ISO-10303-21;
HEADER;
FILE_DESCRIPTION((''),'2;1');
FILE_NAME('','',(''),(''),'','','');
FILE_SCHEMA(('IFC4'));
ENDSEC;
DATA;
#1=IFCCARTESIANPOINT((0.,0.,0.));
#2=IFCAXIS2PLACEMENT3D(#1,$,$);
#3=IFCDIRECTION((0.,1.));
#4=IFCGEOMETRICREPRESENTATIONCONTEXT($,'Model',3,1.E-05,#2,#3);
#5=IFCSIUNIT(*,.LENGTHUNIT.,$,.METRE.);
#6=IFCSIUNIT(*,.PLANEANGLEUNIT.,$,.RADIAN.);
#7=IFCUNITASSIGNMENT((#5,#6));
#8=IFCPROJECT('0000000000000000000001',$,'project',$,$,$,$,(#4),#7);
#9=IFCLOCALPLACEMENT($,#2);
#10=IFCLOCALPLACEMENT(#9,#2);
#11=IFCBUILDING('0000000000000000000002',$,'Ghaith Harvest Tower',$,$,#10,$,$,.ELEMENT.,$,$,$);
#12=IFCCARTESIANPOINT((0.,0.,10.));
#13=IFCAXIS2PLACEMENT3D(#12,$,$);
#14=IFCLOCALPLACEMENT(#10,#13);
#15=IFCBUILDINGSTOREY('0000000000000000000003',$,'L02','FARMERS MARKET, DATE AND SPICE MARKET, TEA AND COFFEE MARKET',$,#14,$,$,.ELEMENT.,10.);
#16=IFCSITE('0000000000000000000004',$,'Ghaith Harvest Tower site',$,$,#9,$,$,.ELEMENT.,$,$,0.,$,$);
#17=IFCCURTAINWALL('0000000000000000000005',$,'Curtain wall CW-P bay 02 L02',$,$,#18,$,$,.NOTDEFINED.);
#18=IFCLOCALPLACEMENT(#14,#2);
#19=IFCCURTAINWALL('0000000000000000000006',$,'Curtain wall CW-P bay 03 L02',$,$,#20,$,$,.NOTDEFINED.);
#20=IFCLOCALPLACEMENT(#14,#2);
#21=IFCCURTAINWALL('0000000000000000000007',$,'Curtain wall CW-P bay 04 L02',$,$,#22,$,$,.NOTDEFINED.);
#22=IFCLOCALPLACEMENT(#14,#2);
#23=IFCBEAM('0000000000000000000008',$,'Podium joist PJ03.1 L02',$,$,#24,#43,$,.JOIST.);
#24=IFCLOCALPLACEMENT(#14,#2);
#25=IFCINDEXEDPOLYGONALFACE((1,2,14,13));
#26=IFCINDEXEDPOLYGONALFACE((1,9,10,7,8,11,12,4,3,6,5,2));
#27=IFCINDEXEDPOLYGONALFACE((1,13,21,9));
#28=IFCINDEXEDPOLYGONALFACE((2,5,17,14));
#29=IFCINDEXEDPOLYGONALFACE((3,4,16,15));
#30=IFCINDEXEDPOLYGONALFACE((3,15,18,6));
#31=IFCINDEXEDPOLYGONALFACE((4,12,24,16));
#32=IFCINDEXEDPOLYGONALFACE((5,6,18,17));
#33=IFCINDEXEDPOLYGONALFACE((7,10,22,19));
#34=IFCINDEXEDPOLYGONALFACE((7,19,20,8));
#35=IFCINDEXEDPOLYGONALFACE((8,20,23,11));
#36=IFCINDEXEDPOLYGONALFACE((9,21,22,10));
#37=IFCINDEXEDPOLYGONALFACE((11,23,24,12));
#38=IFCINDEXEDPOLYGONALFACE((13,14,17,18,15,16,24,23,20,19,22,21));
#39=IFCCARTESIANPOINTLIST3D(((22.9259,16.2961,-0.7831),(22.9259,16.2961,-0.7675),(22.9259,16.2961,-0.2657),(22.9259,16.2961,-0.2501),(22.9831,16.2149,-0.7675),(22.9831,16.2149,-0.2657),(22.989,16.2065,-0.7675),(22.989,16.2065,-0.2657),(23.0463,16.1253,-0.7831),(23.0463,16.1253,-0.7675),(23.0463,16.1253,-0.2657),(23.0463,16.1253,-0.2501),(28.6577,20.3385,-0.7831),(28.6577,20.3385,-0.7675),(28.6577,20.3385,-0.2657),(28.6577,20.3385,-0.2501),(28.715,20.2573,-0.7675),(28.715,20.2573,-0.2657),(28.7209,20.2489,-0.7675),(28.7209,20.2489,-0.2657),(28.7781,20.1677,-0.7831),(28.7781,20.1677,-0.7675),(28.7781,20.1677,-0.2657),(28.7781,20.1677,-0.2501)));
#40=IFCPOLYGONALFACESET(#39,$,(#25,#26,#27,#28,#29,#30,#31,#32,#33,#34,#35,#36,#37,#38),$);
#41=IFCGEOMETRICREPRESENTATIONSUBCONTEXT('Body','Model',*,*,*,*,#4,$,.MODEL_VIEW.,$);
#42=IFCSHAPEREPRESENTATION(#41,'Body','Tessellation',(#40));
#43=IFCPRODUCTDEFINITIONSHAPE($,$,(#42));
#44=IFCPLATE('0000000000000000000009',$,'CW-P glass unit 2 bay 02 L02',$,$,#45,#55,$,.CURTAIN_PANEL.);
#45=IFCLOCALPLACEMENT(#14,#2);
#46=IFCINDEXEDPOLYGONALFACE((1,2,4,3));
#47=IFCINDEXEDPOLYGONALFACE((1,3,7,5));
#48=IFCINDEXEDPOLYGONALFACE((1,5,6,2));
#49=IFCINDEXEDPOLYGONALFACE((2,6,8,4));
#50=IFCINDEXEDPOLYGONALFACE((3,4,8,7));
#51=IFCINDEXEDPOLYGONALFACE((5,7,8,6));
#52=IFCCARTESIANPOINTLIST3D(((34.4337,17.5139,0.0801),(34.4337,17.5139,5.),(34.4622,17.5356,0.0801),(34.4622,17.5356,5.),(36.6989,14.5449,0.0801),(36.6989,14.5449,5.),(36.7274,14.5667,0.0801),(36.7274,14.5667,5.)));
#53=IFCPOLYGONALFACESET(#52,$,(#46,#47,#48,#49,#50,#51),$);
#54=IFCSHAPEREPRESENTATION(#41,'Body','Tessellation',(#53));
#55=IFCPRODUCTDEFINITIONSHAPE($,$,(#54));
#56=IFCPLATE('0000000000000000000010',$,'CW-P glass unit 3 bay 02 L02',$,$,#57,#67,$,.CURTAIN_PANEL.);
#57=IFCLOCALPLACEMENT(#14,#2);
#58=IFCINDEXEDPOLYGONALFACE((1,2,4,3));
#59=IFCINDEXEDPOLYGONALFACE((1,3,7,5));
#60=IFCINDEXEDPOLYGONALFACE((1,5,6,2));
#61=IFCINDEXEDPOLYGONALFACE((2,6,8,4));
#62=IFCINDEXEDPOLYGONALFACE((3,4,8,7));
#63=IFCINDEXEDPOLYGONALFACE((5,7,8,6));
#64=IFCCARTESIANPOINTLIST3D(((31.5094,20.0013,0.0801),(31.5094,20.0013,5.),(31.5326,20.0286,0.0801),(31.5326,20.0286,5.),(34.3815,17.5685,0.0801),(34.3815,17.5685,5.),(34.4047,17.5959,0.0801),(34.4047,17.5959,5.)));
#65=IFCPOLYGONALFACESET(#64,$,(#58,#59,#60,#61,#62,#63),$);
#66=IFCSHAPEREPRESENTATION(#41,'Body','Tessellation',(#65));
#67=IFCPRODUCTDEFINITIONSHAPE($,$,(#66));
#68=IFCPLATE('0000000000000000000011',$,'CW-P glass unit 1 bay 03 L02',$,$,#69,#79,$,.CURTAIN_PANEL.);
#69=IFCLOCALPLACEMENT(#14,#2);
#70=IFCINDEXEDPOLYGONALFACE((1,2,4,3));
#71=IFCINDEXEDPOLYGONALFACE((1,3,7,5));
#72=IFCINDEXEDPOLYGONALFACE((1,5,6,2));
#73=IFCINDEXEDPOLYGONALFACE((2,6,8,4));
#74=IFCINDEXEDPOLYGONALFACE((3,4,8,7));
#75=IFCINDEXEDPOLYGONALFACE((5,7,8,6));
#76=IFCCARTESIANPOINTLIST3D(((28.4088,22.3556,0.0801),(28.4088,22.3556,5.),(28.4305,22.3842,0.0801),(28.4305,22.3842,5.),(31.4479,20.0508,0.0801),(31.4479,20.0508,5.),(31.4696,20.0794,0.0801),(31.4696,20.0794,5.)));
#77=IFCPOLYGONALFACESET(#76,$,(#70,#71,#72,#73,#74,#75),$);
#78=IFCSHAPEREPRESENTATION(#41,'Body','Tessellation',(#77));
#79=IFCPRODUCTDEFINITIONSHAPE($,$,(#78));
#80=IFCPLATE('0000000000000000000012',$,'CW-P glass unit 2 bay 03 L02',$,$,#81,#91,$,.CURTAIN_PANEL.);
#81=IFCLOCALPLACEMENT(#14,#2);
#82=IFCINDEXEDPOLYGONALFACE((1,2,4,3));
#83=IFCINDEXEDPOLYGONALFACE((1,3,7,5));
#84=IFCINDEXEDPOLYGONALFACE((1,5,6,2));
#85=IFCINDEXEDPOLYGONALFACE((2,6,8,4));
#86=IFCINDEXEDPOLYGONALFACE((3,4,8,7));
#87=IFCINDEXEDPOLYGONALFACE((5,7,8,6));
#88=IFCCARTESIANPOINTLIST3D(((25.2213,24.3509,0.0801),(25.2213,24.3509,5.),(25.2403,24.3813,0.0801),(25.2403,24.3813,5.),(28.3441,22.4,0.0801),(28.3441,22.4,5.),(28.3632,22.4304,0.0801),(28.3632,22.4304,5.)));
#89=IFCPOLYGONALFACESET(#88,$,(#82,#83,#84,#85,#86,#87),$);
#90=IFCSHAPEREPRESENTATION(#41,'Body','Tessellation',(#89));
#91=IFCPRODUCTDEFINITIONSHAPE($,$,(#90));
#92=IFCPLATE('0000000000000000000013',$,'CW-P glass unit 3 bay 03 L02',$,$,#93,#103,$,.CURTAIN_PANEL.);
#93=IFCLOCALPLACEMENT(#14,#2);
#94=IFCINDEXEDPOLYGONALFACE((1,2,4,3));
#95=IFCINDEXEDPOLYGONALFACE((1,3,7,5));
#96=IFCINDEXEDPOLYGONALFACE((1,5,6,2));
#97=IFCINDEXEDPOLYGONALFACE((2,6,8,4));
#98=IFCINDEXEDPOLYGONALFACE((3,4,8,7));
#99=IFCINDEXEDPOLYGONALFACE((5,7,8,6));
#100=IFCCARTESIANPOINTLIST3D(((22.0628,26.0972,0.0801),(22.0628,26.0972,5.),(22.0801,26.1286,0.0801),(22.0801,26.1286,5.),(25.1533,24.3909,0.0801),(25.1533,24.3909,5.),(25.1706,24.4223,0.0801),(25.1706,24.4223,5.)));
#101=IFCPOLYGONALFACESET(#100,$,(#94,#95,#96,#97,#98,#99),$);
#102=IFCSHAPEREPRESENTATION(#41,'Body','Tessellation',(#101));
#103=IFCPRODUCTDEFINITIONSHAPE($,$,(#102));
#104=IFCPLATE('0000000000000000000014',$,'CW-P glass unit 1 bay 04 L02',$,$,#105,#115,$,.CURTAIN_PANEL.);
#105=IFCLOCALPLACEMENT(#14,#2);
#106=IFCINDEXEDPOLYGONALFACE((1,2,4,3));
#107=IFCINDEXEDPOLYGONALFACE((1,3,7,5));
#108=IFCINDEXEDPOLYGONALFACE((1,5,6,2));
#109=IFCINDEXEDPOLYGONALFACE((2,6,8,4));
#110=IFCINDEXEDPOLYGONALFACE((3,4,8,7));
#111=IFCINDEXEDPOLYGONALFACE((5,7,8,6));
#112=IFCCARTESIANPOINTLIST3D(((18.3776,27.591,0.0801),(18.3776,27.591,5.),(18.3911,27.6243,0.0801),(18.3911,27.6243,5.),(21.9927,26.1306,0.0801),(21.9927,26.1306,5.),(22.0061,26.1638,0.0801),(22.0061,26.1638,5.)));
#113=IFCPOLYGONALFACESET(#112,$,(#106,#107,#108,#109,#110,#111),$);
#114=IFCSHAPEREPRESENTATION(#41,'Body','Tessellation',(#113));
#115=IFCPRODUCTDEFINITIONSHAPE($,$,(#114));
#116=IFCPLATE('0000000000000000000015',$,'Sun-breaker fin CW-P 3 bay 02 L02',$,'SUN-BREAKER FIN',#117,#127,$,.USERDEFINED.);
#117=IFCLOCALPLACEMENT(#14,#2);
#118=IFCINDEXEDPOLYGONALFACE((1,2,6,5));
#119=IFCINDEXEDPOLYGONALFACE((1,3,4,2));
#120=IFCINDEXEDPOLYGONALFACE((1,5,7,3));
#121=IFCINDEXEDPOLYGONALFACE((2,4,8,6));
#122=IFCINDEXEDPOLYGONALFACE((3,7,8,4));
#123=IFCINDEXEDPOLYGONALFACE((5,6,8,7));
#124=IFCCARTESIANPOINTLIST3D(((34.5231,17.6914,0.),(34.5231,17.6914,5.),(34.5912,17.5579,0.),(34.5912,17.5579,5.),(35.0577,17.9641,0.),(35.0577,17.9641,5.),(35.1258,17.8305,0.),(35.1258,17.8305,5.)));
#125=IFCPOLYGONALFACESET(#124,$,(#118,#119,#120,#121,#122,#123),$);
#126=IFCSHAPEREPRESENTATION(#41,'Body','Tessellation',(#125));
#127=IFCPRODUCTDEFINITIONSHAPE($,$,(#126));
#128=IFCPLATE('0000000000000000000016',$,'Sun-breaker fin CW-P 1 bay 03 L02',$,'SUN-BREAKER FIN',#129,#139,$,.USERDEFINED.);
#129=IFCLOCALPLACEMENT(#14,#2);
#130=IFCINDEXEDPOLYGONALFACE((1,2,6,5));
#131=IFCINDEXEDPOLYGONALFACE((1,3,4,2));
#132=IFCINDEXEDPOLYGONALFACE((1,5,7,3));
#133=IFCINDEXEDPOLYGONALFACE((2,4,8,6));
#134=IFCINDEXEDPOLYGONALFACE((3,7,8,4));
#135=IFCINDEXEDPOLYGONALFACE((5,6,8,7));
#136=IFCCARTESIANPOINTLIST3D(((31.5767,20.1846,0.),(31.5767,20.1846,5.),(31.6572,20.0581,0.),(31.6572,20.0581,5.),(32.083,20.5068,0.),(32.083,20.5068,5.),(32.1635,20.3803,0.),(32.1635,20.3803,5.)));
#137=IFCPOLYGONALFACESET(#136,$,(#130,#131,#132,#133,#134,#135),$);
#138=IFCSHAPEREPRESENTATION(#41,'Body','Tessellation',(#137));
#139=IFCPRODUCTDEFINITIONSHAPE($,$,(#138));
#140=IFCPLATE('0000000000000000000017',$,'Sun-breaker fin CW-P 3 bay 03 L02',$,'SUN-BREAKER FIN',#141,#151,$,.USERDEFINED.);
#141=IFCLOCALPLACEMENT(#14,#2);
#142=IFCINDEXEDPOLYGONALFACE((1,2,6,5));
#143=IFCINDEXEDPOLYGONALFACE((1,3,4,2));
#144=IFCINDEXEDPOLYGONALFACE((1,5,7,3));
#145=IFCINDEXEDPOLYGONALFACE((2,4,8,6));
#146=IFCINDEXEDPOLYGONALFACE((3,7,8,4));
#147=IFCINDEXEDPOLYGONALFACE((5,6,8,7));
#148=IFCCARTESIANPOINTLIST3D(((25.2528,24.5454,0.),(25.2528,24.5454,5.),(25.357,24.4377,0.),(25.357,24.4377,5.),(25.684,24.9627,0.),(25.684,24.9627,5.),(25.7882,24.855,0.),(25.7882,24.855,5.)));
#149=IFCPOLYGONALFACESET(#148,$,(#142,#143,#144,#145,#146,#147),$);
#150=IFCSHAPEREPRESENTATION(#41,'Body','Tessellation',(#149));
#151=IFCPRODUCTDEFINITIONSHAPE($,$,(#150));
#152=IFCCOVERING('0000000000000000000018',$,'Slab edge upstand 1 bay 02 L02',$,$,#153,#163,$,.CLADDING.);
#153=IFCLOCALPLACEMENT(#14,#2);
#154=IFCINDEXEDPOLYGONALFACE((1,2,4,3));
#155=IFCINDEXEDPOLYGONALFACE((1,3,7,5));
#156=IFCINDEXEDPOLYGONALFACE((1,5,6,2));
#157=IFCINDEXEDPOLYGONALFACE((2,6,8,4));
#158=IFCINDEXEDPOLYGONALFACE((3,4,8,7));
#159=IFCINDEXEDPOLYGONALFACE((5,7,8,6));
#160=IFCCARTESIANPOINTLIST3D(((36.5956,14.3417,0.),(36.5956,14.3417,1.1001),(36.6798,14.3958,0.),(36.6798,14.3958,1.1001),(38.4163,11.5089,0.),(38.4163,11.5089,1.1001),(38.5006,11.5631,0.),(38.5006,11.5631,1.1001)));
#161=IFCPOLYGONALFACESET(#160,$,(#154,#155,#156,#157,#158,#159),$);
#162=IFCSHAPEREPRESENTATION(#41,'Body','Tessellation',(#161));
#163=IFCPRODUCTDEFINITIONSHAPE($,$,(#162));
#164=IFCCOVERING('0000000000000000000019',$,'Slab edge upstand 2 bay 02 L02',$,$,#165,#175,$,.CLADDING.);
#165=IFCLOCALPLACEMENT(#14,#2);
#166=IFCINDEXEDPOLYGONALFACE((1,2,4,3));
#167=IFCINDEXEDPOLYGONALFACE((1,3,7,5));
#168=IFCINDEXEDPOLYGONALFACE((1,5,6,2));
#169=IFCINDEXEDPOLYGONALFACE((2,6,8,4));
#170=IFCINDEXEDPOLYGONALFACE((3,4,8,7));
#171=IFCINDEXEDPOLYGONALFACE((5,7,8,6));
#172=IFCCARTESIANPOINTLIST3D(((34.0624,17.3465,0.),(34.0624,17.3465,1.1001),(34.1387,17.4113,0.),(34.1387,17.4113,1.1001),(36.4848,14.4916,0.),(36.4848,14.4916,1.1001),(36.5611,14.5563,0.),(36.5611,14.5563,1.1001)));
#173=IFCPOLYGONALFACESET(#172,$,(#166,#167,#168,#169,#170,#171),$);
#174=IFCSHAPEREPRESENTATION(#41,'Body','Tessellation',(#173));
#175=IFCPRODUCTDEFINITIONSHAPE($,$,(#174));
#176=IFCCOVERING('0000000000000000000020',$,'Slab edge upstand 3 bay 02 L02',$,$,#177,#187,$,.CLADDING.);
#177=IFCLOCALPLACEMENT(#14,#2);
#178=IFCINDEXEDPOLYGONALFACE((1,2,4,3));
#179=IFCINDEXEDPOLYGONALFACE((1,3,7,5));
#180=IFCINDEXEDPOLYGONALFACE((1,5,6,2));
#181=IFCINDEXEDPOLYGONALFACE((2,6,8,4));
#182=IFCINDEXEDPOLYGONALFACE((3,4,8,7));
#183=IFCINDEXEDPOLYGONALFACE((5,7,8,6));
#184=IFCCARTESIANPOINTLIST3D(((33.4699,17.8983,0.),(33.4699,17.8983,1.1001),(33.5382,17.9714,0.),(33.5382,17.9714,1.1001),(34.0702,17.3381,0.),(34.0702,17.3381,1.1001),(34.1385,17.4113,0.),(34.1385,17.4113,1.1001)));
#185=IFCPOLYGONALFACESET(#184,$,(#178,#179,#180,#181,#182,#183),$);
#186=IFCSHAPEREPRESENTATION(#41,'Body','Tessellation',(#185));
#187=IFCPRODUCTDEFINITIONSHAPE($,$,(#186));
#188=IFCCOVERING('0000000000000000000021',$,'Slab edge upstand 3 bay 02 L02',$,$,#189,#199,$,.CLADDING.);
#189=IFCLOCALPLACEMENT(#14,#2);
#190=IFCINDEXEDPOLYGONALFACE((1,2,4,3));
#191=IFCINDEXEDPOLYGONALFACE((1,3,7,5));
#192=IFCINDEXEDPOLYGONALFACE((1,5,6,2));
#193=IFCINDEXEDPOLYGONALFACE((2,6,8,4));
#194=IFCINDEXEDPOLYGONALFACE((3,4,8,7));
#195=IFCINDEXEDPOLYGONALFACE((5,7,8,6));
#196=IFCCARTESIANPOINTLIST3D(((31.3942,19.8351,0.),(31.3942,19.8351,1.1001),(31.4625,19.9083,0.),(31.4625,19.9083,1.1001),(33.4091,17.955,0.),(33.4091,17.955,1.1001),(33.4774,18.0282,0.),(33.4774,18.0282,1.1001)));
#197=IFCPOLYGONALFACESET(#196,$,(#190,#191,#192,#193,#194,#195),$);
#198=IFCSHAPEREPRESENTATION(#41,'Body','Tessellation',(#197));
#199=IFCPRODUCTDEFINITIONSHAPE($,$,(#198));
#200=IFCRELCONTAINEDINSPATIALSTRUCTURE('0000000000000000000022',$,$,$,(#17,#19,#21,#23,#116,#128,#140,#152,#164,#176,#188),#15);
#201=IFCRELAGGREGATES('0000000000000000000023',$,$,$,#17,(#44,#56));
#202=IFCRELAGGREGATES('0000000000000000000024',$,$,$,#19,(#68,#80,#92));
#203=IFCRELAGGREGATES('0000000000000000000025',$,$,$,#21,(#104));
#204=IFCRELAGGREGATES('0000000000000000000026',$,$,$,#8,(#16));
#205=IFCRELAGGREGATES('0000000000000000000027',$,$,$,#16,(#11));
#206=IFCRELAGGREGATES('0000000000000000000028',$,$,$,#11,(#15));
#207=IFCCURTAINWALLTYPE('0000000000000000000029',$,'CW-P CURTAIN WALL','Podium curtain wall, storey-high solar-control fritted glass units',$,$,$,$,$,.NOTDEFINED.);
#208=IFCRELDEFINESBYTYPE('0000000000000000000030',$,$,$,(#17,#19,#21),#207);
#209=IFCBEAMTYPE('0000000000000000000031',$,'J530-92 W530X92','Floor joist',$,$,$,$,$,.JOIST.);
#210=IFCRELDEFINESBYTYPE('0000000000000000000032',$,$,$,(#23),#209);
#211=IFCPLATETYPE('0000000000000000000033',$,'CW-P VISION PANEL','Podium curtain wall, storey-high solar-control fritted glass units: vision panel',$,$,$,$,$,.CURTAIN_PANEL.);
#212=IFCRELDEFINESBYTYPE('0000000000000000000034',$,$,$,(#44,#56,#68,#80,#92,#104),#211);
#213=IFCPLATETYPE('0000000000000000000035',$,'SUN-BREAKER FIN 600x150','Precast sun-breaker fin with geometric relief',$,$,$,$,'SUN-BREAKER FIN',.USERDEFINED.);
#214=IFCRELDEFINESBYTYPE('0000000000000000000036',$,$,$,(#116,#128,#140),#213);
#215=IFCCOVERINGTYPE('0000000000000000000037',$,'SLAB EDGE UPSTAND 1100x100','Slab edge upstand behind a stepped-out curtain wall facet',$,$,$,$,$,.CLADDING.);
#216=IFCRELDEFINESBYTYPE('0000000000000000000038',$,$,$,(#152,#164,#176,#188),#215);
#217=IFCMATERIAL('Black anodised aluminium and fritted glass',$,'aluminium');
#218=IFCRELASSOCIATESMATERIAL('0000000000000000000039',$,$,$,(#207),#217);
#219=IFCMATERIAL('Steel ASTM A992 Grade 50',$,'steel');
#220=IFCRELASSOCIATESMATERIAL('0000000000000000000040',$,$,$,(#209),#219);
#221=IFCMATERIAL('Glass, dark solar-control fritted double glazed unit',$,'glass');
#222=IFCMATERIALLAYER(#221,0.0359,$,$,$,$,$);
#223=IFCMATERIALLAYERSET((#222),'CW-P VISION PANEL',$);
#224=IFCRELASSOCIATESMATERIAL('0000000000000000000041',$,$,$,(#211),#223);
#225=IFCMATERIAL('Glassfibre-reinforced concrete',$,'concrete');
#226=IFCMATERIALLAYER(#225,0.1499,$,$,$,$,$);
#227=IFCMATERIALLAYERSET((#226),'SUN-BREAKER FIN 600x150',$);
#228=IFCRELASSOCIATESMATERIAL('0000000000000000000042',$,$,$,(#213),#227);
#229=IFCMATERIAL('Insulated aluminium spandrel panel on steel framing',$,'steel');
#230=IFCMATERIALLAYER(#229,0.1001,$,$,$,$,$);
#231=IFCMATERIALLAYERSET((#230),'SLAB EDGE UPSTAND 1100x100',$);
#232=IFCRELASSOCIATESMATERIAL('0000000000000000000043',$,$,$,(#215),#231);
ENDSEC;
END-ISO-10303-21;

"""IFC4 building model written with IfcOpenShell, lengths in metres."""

from ifc_helpers import new_model, si_unit, direction, frame, origin, origin_2d, place, context, subcontext, project, spatial, rectangle, i_section, extrude, material, layer, layer_set, material_profile, profile_set, type_object, element, aggregate, save


model = new_model("IFC4")

# Units and contexts
model_context = context("Model", 3, precision=1e-05, world=origin(), true_north=direction((0.0, 1.0)))
body_context = subcontext(model_context, "Body", "Model", "MODEL_VIEW")
ifc_project = project(units=[si_unit("LENGTHUNIT", "METRE"), si_unit("PLANEANGLEUNIT", "RADIAN")], contexts=[model_context])

# Site, building, storey
site_placement = place(None, origin())
site = spatial("IfcSite", under=ifc_project, at=site_placement, Name="Ghaith Harvest Tower site", CompositionType="ELEMENT", RefElevation=0.0)
building_placement = place(site_placement, origin())
building = spatial("IfcBuilding", under=site, at=building_placement, Name="Ghaith Harvest Tower", CompositionType="ELEMENT")
storey_placement = place(building_placement, frame((0.0, 0.0, 10.0)))
storey = spatial("IfcBuildingStorey", under=building, at=storey_placement, Name="L02", Description="FARMERS MARKET, DATE AND SPICE MARKET, TEA AND COFFEE MARKET", CompositionType="ELEMENT", Elevation=10.0)

# Curtain walls
ifc_material_1 = material(Name="Black anodised aluminium and fritted glass", Category="aluminium")
curtain_wall_type = type_object("IfcCurtainWallType", Name="CW-P CURTAIN WALL", Description="Podium curtain wall, storey-high solar-control fritted glass units", PredefinedType="NOTDEFINED", material=ifc_material_1)
curtain_wall_1_placement = place(storey_placement, origin())
curtain_wall_1 = element("IfcCurtainWall", 1, at=curtain_wall_1_placement, inside=storey, type_object=curtain_wall_type, Name="Curtain wall CW-P bay 02 L02", PredefinedType="NOTDEFINED")
curtain_wall_2_placement = place(storey_placement, origin())
curtain_wall_2 = element("IfcCurtainWall", 2, at=curtain_wall_2_placement, inside=storey, type_object=curtain_wall_type, Name="Curtain wall CW-P bay 03 L02", PredefinedType="NOTDEFINED")

# Curtain wall
curtain_wall_3_placement = place(storey_placement, origin())
curtain_wall_3 = element("IfcCurtainWall", 3, at=curtain_wall_3_placement, inside=storey, type_object=curtain_wall_type, Name="Curtain wall CW-P bay 04 L02", PredefinedType="NOTDEFINED")

# Beam
ifc_material_2 = material(Name="Steel ASTM A992 Grade 50", Category="steel")
ifc_material_profile_1 = material_profile(ifc_material_2, i_section(OverallWidth=0.209, OverallDepth=0.533, WebThickness=0.0103, FlangeThickness=0.0156, at=origin_2d()), Name="W530X92")
ifc_profile_set_1 = profile_set([ifc_material_profile_1], Name="Steel ASTM A992 Grade 50")
beam_type_1 = type_object("IfcBeamType", Name="J530-92 W530X92", Description="Floor joist", PredefinedType="JOIST", material=ifc_profile_set_1)
beam_1_placement = place(storey_placement, frame((22.9861, 16.2107, -0.5166), z_axis=(0.817209, 0.576342, 0.0), x_axis=(-0.576342, 0.817209, 0.0)))
element("IfcBeam", 4, at=beam_1_placement, inside=storey, type_object=beam_type_1, Name="Podium joist PJ03.1 L02", PredefinedType="JOIST", context=body_context, shape_type="SweptSolid", body=[
    extrude(i_section(OverallWidth=0.209, OverallDepth=0.533, WebThickness=0.0103, FlangeThickness=0.0156, at=origin_2d()), origin(), (0.0, 0.0, 1.0), 7.0139),
])

# Plates
ifc_material_3 = material(Name="Glass, dark solar-control fritted double glazed unit", Category="glass")
ifc_layer_1 = layer(ifc_material_3, 0.0359)
ifc_layer_set_1 = layer_set([ifc_layer_1], Name="CW-P VISION PANEL")
plate_type_1 = type_object("IfcPlateType", Name="CW-P VISION PANEL", Description="Podium curtain wall, storey-high solar-control fritted glass units: vision panel", PredefinedType="CURTAIN_PANEL", material=ifc_layer_set_1)
plate_1_placement = place(storey_placement, frame((35.5806, 16.0403, 0.0801), z_axis=(0.0, 0.0, 1.0), x_axis=(-0.606572, 0.795028, 0.0)))
plate_1 = element("IfcPlate", 5, at=plate_1_placement, type_object=plate_type_1, Name="CW-P glass unit 2 bay 02 L02", PredefinedType="CURTAIN_PANEL", context=body_context, shape_type="SweptSolid", body=[
    extrude(rectangle(XDim=3.7344, YDim=0.0359, at=origin_2d()), origin(), (0.0, 0.0, 1.0), 4.9199),
])
plate_2_placement = place(storey_placement, frame((32.957, 18.7986, 0.0801), z_axis=(0.0, 0.0, 1.0), x_axis=(-0.763058, 0.64633, 0.0)))
plate_2 = element("IfcPlate", 6, at=plate_2_placement, type_object=plate_type_1, Name="CW-P glass unit 3 bay 02 L02", PredefinedType="CURTAIN_PANEL", context=body_context, shape_type="SweptSolid", body=[
    extrude(rectangle(XDim=3.7639, YDim=0.0359, at=origin_2d()), origin(), (0.0, 0.0, 1.0), 4.9199),
])
aggregate(curtain_wall_1, [plate_1, plate_2])
plate_3_placement = place(storey_placement, frame((29.9392, 21.2175, 0.0801), z_axis=(0.0, 0.0, 1.0), x_axis=(-0.796789, 0.604257, 0.0)))
plate_3 = element("IfcPlate", 7, at=plate_3_placement, type_object=plate_type_1, Name="CW-P glass unit 1 bay 03 L02", PredefinedType="CURTAIN_PANEL", context=body_context, shape_type="SweptSolid", body=[
    extrude(rectangle(XDim=3.8142, YDim=0.0359, at=origin_2d()), origin(), (0.0, 0.0, 1.0), 4.9199),
])
plate_4_placement = place(storey_placement, frame((26.7922, 23.3906, 0.0801), z_axis=(0.0, 0.0, 1.0), x_axis=(-0.848105, 0.529829, 0.0)))
plate_4 = element("IfcPlate", 8, at=plate_4_placement, type_object=plate_type_1, Name="CW-P glass unit 2 bay 03 L02", PredefinedType="CURTAIN_PANEL", context=body_context, shape_type="SweptSolid", body=[
    extrude(rectangle(XDim=3.6821, YDim=0.0359, at=origin_2d()), origin(), (0.0, 0.0, 1.0), 4.9199),
])
plate_5_placement = place(storey_placement, frame((23.6167, 25.2598, 0.0801), z_axis=(0.0, 0.0, 1.0), x_axis=(-0.875433, 0.483339, 0.0)))
plate_5 = element("IfcPlate", 9, at=plate_5_placement, type_object=plate_type_1, Name="CW-P glass unit 3 bay 03 L02", PredefinedType="CURTAIN_PANEL", context=body_context, shape_type="SweptSolid", body=[
    extrude(rectangle(XDim=3.5303, YDim=0.0359, at=origin_2d()), origin(), (0.0, 0.0, 1.0), 4.9199),
])
aggregate(curtain_wall_2, [plate_3, plate_4, plate_5])
plate_6_placement = place(storey_placement, frame((20.1919, 26.8774, 0.0801), z_axis=(0.0, 0.0, 1.0), x_axis=(-0.927191, 0.374588, 0.0)))
plate_6 = element("IfcPlate", 10, at=plate_6_placement, type_object=plate_type_1, Name="CW-P glass unit 1 bay 04 L02", PredefinedType="CURTAIN_PANEL", context=body_context, shape_type="SweptSolid", body=[
    extrude(rectangle(XDim=3.8989, YDim=0.0359, at=origin_2d()), origin(), (0.0, 0.0, 1.0), 4.9199),
])
aggregate(curtain_wall_3, [plate_6])

# Plates
ifc_material_4 = material(Name="Glassfibre-reinforced concrete", Category="concrete")
ifc_layer_2 = layer(ifc_material_4, 0.1499)
ifc_layer_set_2 = layer_set([ifc_layer_2], Name="SUN-BREAKER FIN 600x150")
plate_type_2 = type_object("IfcPlateType", Name="SUN-BREAKER FIN 600x150", Description="Precast sun-breaker fin with geometric relief", ElementType="SUN-BREAKER FIN", PredefinedType="USERDEFINED", material=ifc_layer_set_2)
for number, where, z_axis, x_axis, name in (
    (11, (34.8245, 17.761, 0.0), (0.0, 0.0, 1.0), (0.890831, 0.454335, 0.0), "Sun-breaker fin CW-P 3 bay 02 L02"),
    (12, (31.8701, 20.2825, 0.0), (0.0, 0.0, 1.0), (0.843644, 0.536903, 0.0), "Sun-breaker fin CW-P 1 bay 03 L02"),
    (13, (25.5205, 24.7002, 0.0), (0.0, 0.0, 1.0), (0.718559, 0.695466, 0.0), "Sun-breaker fin CW-P 3 bay 03 L02"),
):
    element("IfcPlate", number, at=place(storey_placement, frame(where, z_axis=z_axis, x_axis=x_axis)), inside=storey, type_object=plate_type_2, Name=name, ObjectType="SUN-BREAKER FIN", PredefinedType="USERDEFINED", context=body_context, shape_type="SweptSolid", body=[
        extrude(rectangle(XDim=0.6001, YDim=0.1499, at=origin_2d()), origin(), (0.0, 0.0, 1.0), 5.0),
    ])

# Coverings
ifc_material_5 = material(Name="Insulated aluminium spandrel panel on steel framing", Category="steel")
ifc_layer_3 = layer(ifc_material_5, 0.1001)
ifc_layer_set_3 = layer_set([ifc_layer_3], Name="SLAB EDGE UPSTAND 1100x100")
covering_type = type_object("IfcCoveringType", Name="SLAB EDGE UPSTAND 1100x100", Description="Slab edge upstand behind a stepped-out curtain wall facet", PredefinedType="CLADDING", material=ifc_layer_set_3)
covering_1_placement = place(storey_placement, frame((37.5481, 12.9524, 0.0), z_axis=(0.0, 0.0, 1.0), x_axis=(-0.540682, 0.841227, 0.0)))
element("IfcCovering", 14, at=covering_1_placement, inside=storey, type_object=covering_type, Name="Slab edge upstand 1 bay 02 L02", PredefinedType="CLADDING", context=body_context, shape_type="SweptSolid", body=[
    extrude(rectangle(XDim=3.3674, YDim=0.1001, at=origin_2d()), origin(), (0.0, 0.0, 1.0), 1.1001),
])
covering_2_placement = place(storey_placement, frame((35.3118, 15.9514, 0.0), z_axis=(0.0, 0.0, 1.0), x_axis=(-0.646983, 0.762505, 0.0)))
element("IfcCovering", 15, at=covering_2_placement, inside=storey, type_object=covering_type, Name="Slab edge upstand 2 bay 02 L02", PredefinedType="CLADDING", context=body_context, shape_type="SweptSolid", body=[
    extrude(rectangle(XDim=3.7441, YDim=0.1001, at=origin_2d()), origin(), (0.0, 0.0, 1.0), 1.1001),
])
covering_3_placement = place(storey_placement, frame((33.8042, 17.6548, 0.0), z_axis=(0.0, 0.0, 1.0), x_axis=(-0.731137, 0.682231, 0.0)))
element("IfcCovering", 16, at=covering_3_placement, inside=storey, type_object=covering_type, Name="Slab edge upstand 3 bay 02 L02", PredefinedType="CLADDING", context=body_context, shape_type="SweptSolid", body=[
    extrude(rectangle(XDim=0.821, YDim=0.1001, at=origin_2d()), origin(), (0.0, 0.0, 1.0), 1.1001),
])
covering_4_placement = place(storey_placement, frame((32.4358, 18.9316, 0.0), z_axis=(0.0, 0.0, 1.0), x_axis=(-0.731137, 0.682231, 0.0)))
element("IfcCovering", 17, at=covering_4_placement, inside=storey, type_object=covering_type, Name="Slab edge upstand 3 bay 02 L02", PredefinedType="CLADDING", context=body_context, shape_type="SweptSolid", body=[
    extrude(rectangle(XDim=2.7559, YDim=0.1001, at=origin_2d()), origin(), (0.0, 0.0, 1.0), 1.1001),
])

save(model, "model.ifc")
